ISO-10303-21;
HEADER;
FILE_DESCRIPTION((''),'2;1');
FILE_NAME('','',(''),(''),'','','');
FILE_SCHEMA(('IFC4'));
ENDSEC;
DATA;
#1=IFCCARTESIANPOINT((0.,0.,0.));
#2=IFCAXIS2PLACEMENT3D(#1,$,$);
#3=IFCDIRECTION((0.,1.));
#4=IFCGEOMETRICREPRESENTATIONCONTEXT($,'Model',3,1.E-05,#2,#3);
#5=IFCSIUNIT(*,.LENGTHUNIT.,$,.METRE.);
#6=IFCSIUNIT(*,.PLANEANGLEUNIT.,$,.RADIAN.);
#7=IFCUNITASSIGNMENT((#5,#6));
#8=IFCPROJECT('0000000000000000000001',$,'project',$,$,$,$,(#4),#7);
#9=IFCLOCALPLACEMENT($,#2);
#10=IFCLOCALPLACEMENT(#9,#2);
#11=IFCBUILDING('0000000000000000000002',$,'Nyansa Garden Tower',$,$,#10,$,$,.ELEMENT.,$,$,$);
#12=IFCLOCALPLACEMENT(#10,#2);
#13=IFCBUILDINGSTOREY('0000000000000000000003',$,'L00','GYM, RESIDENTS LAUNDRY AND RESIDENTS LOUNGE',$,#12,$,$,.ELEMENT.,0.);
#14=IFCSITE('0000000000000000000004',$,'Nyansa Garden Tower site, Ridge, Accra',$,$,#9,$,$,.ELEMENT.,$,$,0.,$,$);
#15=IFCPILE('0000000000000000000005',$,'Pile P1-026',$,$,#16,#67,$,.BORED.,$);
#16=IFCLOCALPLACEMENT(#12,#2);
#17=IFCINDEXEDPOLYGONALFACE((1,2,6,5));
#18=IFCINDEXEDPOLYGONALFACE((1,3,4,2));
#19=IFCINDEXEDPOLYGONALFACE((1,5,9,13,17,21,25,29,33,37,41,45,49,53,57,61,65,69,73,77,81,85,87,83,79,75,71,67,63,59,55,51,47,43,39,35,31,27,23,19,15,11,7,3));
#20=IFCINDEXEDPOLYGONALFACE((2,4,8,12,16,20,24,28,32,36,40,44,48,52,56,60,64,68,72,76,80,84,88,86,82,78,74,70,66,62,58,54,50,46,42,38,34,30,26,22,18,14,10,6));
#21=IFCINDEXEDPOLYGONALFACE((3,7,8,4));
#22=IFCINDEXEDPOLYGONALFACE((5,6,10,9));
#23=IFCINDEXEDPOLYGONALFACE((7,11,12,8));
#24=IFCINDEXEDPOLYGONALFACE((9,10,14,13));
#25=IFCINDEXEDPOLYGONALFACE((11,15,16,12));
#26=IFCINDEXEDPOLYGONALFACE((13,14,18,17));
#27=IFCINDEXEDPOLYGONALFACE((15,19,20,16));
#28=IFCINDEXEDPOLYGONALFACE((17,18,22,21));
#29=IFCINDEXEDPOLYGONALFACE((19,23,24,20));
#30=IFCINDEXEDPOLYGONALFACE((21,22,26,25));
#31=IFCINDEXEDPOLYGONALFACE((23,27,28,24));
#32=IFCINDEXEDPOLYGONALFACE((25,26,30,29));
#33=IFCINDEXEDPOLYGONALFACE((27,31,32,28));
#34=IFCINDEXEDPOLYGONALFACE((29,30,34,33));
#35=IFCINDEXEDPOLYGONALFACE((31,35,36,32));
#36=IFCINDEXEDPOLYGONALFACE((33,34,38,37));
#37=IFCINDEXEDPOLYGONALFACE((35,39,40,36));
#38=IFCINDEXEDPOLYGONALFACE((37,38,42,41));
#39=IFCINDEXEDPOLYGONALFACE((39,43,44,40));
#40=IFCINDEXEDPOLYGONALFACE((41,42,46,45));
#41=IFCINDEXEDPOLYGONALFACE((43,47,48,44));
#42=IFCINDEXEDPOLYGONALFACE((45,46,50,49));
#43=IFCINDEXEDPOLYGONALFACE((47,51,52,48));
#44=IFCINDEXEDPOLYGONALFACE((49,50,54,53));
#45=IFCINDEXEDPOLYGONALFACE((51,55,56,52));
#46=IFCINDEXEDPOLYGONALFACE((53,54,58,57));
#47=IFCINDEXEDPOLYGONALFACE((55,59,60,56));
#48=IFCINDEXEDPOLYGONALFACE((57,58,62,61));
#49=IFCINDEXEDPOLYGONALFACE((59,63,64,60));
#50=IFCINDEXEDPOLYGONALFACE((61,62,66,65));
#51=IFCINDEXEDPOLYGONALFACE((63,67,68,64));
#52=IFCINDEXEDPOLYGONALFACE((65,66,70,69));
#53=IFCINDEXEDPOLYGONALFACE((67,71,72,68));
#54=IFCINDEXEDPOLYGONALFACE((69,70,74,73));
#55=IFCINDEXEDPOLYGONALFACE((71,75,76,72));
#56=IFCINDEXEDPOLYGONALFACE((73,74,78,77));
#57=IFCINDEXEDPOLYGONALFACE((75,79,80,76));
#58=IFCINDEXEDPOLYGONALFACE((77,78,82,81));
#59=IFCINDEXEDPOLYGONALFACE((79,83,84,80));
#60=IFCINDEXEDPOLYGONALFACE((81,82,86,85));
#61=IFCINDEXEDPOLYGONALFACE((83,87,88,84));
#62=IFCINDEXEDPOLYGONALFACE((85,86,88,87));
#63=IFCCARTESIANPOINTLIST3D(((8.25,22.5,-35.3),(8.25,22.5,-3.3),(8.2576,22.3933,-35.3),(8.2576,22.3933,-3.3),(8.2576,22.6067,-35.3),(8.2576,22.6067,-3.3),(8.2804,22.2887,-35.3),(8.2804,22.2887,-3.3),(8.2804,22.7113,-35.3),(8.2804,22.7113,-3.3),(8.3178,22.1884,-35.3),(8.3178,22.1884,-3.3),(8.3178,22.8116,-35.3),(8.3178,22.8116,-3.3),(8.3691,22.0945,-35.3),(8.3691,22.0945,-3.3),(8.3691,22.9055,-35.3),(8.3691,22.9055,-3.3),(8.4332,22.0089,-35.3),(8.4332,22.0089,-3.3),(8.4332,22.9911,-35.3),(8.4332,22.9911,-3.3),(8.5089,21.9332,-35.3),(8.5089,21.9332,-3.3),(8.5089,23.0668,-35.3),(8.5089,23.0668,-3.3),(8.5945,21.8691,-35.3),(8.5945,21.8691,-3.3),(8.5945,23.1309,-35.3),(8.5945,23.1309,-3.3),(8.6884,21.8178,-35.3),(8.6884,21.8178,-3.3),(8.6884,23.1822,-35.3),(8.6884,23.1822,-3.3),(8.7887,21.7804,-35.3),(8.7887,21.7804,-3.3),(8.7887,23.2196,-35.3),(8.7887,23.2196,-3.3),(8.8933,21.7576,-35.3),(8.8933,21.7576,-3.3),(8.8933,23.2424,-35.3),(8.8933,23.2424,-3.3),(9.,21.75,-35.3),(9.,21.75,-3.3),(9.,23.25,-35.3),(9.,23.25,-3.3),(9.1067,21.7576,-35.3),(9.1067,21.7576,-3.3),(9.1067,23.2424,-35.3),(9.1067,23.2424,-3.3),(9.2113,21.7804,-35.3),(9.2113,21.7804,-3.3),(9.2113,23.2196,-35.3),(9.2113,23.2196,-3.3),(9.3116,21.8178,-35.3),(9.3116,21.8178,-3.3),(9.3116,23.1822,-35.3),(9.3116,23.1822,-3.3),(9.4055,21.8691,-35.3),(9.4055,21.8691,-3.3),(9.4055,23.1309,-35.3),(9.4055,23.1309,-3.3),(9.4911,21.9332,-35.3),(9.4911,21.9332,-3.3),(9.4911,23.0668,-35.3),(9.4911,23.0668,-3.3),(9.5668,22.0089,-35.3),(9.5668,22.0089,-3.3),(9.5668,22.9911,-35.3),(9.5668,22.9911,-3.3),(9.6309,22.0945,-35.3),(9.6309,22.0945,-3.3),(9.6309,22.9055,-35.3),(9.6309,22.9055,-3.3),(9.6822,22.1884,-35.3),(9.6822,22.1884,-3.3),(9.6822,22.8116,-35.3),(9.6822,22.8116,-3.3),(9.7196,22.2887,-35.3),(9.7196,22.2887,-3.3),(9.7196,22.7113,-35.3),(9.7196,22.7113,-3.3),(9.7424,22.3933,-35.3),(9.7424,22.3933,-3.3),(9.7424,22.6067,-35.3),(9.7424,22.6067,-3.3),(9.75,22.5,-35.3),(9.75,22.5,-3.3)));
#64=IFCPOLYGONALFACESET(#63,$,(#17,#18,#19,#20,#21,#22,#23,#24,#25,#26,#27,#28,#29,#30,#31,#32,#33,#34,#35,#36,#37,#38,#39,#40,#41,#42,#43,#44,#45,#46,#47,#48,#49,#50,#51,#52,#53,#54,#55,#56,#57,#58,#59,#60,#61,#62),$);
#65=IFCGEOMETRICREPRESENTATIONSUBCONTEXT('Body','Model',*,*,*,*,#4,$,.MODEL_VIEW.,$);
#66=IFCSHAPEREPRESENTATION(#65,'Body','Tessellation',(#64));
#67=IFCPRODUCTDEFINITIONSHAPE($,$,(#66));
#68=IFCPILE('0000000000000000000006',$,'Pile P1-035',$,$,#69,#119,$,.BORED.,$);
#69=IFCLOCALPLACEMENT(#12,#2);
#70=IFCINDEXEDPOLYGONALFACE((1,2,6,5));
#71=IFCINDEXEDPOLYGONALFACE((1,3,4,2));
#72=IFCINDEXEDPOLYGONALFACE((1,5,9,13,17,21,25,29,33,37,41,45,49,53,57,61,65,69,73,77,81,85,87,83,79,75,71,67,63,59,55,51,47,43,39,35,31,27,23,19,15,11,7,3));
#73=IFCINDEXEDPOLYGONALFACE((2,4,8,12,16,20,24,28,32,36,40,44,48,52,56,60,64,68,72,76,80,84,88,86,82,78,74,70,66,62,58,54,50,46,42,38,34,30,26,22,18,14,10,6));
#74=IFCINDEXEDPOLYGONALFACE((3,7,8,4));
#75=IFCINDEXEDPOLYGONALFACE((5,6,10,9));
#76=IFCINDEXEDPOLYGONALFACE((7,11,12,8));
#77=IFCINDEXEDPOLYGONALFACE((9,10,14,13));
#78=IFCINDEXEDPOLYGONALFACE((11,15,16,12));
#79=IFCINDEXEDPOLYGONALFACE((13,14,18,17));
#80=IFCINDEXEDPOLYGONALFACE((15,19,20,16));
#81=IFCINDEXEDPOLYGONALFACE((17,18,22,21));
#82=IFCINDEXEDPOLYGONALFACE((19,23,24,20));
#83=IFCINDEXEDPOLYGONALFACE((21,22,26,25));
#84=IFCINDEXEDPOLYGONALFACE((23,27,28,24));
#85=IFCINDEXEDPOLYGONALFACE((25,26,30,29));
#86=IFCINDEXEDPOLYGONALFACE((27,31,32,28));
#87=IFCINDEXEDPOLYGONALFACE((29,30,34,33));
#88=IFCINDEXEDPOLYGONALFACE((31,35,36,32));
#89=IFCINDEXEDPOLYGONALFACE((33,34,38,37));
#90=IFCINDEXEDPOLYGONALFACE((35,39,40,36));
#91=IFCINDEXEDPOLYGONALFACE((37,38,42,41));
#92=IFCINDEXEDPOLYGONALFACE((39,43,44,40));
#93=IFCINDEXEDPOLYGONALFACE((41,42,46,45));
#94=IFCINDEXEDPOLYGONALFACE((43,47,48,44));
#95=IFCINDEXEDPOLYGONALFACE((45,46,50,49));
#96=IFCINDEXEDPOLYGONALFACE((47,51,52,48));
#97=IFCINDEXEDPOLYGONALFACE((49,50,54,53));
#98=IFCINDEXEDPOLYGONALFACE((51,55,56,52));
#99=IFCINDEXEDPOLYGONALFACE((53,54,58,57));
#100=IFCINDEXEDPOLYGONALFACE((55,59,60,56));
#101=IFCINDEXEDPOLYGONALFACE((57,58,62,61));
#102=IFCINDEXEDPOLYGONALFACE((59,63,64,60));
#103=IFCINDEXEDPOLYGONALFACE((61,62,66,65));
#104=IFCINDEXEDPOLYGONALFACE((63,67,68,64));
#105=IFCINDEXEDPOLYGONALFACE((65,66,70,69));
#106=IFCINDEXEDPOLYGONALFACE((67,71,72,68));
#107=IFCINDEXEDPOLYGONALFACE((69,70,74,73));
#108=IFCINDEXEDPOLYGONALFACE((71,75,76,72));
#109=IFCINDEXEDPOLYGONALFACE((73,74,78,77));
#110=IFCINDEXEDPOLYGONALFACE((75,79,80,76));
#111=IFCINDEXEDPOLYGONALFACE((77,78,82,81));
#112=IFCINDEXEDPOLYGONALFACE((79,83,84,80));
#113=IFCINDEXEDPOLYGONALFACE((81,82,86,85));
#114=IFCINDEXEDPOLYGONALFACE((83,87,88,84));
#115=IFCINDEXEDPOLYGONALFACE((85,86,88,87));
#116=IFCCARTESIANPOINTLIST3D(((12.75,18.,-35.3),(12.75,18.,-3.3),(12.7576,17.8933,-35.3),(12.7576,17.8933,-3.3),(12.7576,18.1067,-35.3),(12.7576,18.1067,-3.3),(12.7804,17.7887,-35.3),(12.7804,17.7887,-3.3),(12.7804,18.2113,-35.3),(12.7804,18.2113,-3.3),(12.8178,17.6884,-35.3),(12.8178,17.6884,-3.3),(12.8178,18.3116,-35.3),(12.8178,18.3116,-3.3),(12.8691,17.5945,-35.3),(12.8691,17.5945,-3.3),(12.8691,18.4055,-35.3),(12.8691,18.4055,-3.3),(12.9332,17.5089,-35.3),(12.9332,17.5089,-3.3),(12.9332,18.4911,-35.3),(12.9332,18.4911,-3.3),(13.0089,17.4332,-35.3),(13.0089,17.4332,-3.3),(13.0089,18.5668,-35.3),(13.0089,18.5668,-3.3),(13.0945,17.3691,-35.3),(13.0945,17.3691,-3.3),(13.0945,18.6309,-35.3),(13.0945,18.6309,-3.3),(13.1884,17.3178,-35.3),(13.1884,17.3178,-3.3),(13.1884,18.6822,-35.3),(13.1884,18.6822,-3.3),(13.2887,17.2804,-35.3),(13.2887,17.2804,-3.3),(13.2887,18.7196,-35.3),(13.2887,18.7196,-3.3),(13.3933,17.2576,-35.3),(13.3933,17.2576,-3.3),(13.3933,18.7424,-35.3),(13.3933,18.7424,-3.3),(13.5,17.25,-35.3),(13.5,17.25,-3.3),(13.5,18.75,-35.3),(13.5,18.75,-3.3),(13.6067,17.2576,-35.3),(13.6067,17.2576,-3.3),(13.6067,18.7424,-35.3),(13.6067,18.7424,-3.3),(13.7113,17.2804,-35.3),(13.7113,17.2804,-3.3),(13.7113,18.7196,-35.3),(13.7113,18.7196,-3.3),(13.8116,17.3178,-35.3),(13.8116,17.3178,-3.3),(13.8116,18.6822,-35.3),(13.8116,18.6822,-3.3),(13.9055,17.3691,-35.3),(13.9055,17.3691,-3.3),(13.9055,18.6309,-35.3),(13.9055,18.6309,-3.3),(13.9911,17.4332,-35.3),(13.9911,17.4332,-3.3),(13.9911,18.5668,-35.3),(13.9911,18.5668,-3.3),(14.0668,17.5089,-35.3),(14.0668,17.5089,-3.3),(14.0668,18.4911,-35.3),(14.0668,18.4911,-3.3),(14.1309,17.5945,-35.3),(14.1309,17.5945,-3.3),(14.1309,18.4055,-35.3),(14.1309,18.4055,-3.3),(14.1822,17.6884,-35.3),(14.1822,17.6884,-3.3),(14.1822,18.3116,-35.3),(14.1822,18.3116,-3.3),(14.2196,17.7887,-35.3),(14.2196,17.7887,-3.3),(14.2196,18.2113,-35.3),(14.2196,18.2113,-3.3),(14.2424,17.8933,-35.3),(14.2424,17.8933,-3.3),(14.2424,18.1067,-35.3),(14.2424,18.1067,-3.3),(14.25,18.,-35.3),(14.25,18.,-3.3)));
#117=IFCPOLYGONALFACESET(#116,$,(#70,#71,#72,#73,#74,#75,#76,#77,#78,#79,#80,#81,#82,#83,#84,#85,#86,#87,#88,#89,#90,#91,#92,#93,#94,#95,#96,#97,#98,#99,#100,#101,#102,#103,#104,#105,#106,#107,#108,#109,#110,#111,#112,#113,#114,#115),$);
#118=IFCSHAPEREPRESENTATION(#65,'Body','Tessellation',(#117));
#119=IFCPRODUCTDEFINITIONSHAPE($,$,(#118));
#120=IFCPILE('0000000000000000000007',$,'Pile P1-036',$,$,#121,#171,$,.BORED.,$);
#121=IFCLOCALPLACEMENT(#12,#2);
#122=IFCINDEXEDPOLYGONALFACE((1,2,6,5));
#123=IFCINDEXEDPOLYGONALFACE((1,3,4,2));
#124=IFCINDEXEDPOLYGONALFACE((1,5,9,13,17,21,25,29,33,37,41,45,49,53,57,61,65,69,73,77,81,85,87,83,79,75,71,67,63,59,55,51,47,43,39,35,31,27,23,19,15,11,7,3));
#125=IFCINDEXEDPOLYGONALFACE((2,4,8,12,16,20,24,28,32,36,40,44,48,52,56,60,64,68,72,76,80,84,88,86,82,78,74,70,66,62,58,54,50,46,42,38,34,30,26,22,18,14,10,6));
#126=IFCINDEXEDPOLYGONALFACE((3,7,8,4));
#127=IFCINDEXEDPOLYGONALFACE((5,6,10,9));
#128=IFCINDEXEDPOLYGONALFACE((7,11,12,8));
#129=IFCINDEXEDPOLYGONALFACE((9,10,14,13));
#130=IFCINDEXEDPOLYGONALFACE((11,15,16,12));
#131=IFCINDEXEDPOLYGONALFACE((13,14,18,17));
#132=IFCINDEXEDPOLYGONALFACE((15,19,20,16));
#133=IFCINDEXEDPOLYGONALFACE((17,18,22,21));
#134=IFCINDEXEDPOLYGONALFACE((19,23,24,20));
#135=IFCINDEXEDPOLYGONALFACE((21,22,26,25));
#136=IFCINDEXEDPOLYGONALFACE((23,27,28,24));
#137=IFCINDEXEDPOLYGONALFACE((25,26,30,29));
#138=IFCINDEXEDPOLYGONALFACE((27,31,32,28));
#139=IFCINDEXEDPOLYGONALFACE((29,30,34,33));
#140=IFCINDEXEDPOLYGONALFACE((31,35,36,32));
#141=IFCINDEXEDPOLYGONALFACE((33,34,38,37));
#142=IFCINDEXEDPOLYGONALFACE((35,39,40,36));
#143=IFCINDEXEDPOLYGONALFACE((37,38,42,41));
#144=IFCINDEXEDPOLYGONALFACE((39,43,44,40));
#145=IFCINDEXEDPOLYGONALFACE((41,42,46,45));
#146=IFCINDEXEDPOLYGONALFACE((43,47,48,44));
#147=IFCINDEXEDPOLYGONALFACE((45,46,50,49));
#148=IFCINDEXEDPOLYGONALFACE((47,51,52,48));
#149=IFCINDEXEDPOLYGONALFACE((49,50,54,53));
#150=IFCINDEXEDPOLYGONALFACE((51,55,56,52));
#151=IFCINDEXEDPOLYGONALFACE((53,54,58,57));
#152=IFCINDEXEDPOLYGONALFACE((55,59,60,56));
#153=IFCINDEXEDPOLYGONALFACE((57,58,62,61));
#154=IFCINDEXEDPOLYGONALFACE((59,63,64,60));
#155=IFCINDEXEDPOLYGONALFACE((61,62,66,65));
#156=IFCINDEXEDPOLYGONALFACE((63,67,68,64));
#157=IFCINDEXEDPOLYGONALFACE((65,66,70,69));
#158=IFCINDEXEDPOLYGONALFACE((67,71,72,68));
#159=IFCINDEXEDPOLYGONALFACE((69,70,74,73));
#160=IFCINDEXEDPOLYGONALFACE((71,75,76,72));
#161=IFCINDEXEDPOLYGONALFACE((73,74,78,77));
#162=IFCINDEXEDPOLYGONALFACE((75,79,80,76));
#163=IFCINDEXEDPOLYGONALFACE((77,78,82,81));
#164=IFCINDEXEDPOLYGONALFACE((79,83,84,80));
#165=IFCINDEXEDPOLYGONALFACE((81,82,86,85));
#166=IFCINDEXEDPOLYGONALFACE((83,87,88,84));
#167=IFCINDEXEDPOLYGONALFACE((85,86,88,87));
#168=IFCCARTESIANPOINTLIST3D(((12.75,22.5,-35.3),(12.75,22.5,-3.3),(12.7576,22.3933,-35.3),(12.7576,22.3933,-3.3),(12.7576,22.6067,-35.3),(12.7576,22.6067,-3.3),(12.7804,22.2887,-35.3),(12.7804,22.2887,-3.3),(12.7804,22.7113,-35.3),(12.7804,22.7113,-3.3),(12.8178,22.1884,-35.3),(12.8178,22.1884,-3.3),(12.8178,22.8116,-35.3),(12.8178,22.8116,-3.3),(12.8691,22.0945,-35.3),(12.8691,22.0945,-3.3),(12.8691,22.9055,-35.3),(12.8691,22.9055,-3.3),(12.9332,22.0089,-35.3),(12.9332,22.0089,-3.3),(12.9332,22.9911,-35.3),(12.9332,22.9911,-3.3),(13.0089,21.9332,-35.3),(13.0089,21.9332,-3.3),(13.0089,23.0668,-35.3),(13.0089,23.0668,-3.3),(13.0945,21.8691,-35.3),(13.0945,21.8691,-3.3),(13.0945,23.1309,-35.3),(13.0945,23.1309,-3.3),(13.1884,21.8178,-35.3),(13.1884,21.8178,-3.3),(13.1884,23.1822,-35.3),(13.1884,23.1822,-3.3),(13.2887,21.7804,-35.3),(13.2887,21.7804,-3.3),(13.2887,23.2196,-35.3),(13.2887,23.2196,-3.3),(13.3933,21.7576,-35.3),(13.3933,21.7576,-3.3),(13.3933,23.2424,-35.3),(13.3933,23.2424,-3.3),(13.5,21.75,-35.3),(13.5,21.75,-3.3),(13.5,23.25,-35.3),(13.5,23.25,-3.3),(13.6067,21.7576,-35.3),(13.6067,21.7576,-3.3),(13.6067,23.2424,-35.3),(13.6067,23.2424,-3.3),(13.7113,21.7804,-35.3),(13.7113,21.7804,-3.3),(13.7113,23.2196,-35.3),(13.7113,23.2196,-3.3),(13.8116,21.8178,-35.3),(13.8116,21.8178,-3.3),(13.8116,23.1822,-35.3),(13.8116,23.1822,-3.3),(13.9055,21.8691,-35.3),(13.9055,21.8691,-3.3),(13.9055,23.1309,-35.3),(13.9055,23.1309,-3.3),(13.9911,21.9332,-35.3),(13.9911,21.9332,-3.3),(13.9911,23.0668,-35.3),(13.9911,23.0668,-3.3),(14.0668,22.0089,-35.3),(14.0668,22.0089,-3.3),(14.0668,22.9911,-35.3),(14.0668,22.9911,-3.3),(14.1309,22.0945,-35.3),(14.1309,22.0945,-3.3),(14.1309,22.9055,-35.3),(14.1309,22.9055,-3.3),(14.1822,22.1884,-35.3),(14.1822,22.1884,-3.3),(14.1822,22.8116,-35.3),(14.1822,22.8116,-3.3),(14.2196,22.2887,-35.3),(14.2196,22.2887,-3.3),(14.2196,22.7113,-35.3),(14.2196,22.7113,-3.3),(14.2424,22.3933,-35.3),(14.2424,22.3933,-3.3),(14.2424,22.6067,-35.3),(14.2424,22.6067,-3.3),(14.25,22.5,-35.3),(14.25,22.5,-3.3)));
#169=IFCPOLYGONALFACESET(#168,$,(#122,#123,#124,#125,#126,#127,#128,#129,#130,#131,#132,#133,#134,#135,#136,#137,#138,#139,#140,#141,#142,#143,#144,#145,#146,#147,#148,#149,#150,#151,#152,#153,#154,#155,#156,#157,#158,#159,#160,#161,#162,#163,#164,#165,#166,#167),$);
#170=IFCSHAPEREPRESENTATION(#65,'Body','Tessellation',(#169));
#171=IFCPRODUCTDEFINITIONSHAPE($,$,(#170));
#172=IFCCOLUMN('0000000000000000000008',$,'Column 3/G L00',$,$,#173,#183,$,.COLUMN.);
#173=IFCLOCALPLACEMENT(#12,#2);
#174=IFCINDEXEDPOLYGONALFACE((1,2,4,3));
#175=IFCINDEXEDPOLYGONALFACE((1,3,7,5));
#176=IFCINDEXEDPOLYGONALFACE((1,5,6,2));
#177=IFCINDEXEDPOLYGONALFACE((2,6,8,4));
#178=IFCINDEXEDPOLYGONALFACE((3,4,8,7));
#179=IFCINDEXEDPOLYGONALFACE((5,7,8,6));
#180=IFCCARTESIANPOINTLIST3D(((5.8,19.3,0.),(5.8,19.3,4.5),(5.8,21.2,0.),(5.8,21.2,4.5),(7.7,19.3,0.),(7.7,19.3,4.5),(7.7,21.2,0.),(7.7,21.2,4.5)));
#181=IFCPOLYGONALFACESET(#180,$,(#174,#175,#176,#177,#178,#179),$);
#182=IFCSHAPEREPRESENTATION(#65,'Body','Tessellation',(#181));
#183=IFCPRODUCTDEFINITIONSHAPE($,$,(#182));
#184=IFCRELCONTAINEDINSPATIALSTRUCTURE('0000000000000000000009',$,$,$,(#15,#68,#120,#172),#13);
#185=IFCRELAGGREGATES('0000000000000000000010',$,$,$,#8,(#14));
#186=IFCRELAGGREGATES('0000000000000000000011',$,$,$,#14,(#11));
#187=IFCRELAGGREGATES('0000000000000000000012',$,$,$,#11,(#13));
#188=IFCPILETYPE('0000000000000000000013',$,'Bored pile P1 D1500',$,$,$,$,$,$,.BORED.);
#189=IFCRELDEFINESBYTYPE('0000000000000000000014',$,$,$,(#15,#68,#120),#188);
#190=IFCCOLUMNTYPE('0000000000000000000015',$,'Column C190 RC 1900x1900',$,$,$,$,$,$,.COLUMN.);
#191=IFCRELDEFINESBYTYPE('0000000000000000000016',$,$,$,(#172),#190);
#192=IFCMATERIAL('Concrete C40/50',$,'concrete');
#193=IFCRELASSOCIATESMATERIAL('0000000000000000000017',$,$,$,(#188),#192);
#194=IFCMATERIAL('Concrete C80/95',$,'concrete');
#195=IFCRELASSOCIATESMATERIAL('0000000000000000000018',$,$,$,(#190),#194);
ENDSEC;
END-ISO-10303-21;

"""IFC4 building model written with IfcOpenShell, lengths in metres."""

from ifc_helpers import new_model, si_unit, direction, frame, origin, origin_2d, place, context, subcontext, project, spatial, rectangle, circle, extrude, material, material_profile, profile_set, type_object, element, save


model = new_model("IFC4")

# Units and contexts
model_context = context("Model", 3, precision=1e-05, world=origin(), true_north=direction((0.0, 1.0)))
body_context = subcontext(model_context, "Body", "Model", "MODEL_VIEW")
ifc_project = project(units=[si_unit("LENGTHUNIT", "METRE"), si_unit("PLANEANGLEUNIT", "RADIAN")], contexts=[model_context])

# Site, building, storey
site_placement = place(None, origin())
site = spatial("IfcSite", under=ifc_project, at=site_placement, Name="Nyansa Garden Tower site, Ridge, Accra", CompositionType="ELEMENT", RefElevation=0.0)
building_placement = place(site_placement, origin())
building = spatial("IfcBuilding", under=site, at=building_placement, Name="Nyansa Garden Tower", CompositionType="ELEMENT")
storey_placement = place(building_placement, origin())
storey = spatial("IfcBuildingStorey", under=building, at=storey_placement, Name="L00", Description="GYM, RESIDENTS LAUNDRY AND RESIDENTS LOUNGE", CompositionType="ELEMENT", Elevation=0.0)

# Piles
ifc_material_1 = material(Name="Concrete C40/50", Category="concrete")
pile_type = type_object("IfcPileType", Name="Bored pile P1 D1500", PredefinedType="BORED", material=ifc_material_1)
for number, where, z_axis, x_axis, name in (
    (1, (9.0, 22.5, -3.3), (0.0, 0.0, -1.0), (1.0, 0.0, 0.0), "Pile P1-026"),
    (2, (13.5, 18.0, -3.3), (0.0, 0.0, -1.0), (1.0, 0.0, 0.0), "Pile P1-035"),
    (3, (13.5, 22.5, -3.3), (0.0, 0.0, -1.0), (1.0, 0.0, 0.0), "Pile P1-036"),
):
    element("IfcPile", number, at=place(storey_placement, frame(where, z_axis=z_axis, x_axis=x_axis)), inside=storey, type_object=pile_type, Name=name, PredefinedType="BORED", context=body_context, shape_type="SweptSolid", body=[
        extrude(circle(Radius=0.75, at=origin_2d()), origin(), (0.0, 0.0, 1.0), 32.0),
    ])

# Column
ifc_material_2 = material(Name="Concrete C80/95", Category="concrete")
ifc_material_profile_1 = material_profile(ifc_material_2, rectangle(XDim=1.8999, YDim=1.8999, at=origin_2d()), Name="RC 1900x1900")
ifc_profile_set_1 = profile_set([ifc_material_profile_1], Name="Concrete C80/95")
column_type = type_object("IfcColumnType", Name="Column C190 RC 1900x1900", PredefinedType="COLUMN", material=ifc_profile_set_1)
column_placement = place(storey_placement, frame((6.75, 20.25, 0.0), z_axis=(0.0, 0.0, 1.0), x_axis=(1.0, 0.0, 0.0)))
element("IfcColumn", 4, at=column_placement, inside=storey, type_object=column_type, Name="Column 3/G L00", PredefinedType="COLUMN", context=body_context, shape_type="SweptSolid", body=[
    extrude(rectangle(XDim=1.8999, YDim=1.8999, at=origin_2d()), origin(), (0.0, 0.0, 1.0), 4.5),
])

save(model, "model.ifc")
